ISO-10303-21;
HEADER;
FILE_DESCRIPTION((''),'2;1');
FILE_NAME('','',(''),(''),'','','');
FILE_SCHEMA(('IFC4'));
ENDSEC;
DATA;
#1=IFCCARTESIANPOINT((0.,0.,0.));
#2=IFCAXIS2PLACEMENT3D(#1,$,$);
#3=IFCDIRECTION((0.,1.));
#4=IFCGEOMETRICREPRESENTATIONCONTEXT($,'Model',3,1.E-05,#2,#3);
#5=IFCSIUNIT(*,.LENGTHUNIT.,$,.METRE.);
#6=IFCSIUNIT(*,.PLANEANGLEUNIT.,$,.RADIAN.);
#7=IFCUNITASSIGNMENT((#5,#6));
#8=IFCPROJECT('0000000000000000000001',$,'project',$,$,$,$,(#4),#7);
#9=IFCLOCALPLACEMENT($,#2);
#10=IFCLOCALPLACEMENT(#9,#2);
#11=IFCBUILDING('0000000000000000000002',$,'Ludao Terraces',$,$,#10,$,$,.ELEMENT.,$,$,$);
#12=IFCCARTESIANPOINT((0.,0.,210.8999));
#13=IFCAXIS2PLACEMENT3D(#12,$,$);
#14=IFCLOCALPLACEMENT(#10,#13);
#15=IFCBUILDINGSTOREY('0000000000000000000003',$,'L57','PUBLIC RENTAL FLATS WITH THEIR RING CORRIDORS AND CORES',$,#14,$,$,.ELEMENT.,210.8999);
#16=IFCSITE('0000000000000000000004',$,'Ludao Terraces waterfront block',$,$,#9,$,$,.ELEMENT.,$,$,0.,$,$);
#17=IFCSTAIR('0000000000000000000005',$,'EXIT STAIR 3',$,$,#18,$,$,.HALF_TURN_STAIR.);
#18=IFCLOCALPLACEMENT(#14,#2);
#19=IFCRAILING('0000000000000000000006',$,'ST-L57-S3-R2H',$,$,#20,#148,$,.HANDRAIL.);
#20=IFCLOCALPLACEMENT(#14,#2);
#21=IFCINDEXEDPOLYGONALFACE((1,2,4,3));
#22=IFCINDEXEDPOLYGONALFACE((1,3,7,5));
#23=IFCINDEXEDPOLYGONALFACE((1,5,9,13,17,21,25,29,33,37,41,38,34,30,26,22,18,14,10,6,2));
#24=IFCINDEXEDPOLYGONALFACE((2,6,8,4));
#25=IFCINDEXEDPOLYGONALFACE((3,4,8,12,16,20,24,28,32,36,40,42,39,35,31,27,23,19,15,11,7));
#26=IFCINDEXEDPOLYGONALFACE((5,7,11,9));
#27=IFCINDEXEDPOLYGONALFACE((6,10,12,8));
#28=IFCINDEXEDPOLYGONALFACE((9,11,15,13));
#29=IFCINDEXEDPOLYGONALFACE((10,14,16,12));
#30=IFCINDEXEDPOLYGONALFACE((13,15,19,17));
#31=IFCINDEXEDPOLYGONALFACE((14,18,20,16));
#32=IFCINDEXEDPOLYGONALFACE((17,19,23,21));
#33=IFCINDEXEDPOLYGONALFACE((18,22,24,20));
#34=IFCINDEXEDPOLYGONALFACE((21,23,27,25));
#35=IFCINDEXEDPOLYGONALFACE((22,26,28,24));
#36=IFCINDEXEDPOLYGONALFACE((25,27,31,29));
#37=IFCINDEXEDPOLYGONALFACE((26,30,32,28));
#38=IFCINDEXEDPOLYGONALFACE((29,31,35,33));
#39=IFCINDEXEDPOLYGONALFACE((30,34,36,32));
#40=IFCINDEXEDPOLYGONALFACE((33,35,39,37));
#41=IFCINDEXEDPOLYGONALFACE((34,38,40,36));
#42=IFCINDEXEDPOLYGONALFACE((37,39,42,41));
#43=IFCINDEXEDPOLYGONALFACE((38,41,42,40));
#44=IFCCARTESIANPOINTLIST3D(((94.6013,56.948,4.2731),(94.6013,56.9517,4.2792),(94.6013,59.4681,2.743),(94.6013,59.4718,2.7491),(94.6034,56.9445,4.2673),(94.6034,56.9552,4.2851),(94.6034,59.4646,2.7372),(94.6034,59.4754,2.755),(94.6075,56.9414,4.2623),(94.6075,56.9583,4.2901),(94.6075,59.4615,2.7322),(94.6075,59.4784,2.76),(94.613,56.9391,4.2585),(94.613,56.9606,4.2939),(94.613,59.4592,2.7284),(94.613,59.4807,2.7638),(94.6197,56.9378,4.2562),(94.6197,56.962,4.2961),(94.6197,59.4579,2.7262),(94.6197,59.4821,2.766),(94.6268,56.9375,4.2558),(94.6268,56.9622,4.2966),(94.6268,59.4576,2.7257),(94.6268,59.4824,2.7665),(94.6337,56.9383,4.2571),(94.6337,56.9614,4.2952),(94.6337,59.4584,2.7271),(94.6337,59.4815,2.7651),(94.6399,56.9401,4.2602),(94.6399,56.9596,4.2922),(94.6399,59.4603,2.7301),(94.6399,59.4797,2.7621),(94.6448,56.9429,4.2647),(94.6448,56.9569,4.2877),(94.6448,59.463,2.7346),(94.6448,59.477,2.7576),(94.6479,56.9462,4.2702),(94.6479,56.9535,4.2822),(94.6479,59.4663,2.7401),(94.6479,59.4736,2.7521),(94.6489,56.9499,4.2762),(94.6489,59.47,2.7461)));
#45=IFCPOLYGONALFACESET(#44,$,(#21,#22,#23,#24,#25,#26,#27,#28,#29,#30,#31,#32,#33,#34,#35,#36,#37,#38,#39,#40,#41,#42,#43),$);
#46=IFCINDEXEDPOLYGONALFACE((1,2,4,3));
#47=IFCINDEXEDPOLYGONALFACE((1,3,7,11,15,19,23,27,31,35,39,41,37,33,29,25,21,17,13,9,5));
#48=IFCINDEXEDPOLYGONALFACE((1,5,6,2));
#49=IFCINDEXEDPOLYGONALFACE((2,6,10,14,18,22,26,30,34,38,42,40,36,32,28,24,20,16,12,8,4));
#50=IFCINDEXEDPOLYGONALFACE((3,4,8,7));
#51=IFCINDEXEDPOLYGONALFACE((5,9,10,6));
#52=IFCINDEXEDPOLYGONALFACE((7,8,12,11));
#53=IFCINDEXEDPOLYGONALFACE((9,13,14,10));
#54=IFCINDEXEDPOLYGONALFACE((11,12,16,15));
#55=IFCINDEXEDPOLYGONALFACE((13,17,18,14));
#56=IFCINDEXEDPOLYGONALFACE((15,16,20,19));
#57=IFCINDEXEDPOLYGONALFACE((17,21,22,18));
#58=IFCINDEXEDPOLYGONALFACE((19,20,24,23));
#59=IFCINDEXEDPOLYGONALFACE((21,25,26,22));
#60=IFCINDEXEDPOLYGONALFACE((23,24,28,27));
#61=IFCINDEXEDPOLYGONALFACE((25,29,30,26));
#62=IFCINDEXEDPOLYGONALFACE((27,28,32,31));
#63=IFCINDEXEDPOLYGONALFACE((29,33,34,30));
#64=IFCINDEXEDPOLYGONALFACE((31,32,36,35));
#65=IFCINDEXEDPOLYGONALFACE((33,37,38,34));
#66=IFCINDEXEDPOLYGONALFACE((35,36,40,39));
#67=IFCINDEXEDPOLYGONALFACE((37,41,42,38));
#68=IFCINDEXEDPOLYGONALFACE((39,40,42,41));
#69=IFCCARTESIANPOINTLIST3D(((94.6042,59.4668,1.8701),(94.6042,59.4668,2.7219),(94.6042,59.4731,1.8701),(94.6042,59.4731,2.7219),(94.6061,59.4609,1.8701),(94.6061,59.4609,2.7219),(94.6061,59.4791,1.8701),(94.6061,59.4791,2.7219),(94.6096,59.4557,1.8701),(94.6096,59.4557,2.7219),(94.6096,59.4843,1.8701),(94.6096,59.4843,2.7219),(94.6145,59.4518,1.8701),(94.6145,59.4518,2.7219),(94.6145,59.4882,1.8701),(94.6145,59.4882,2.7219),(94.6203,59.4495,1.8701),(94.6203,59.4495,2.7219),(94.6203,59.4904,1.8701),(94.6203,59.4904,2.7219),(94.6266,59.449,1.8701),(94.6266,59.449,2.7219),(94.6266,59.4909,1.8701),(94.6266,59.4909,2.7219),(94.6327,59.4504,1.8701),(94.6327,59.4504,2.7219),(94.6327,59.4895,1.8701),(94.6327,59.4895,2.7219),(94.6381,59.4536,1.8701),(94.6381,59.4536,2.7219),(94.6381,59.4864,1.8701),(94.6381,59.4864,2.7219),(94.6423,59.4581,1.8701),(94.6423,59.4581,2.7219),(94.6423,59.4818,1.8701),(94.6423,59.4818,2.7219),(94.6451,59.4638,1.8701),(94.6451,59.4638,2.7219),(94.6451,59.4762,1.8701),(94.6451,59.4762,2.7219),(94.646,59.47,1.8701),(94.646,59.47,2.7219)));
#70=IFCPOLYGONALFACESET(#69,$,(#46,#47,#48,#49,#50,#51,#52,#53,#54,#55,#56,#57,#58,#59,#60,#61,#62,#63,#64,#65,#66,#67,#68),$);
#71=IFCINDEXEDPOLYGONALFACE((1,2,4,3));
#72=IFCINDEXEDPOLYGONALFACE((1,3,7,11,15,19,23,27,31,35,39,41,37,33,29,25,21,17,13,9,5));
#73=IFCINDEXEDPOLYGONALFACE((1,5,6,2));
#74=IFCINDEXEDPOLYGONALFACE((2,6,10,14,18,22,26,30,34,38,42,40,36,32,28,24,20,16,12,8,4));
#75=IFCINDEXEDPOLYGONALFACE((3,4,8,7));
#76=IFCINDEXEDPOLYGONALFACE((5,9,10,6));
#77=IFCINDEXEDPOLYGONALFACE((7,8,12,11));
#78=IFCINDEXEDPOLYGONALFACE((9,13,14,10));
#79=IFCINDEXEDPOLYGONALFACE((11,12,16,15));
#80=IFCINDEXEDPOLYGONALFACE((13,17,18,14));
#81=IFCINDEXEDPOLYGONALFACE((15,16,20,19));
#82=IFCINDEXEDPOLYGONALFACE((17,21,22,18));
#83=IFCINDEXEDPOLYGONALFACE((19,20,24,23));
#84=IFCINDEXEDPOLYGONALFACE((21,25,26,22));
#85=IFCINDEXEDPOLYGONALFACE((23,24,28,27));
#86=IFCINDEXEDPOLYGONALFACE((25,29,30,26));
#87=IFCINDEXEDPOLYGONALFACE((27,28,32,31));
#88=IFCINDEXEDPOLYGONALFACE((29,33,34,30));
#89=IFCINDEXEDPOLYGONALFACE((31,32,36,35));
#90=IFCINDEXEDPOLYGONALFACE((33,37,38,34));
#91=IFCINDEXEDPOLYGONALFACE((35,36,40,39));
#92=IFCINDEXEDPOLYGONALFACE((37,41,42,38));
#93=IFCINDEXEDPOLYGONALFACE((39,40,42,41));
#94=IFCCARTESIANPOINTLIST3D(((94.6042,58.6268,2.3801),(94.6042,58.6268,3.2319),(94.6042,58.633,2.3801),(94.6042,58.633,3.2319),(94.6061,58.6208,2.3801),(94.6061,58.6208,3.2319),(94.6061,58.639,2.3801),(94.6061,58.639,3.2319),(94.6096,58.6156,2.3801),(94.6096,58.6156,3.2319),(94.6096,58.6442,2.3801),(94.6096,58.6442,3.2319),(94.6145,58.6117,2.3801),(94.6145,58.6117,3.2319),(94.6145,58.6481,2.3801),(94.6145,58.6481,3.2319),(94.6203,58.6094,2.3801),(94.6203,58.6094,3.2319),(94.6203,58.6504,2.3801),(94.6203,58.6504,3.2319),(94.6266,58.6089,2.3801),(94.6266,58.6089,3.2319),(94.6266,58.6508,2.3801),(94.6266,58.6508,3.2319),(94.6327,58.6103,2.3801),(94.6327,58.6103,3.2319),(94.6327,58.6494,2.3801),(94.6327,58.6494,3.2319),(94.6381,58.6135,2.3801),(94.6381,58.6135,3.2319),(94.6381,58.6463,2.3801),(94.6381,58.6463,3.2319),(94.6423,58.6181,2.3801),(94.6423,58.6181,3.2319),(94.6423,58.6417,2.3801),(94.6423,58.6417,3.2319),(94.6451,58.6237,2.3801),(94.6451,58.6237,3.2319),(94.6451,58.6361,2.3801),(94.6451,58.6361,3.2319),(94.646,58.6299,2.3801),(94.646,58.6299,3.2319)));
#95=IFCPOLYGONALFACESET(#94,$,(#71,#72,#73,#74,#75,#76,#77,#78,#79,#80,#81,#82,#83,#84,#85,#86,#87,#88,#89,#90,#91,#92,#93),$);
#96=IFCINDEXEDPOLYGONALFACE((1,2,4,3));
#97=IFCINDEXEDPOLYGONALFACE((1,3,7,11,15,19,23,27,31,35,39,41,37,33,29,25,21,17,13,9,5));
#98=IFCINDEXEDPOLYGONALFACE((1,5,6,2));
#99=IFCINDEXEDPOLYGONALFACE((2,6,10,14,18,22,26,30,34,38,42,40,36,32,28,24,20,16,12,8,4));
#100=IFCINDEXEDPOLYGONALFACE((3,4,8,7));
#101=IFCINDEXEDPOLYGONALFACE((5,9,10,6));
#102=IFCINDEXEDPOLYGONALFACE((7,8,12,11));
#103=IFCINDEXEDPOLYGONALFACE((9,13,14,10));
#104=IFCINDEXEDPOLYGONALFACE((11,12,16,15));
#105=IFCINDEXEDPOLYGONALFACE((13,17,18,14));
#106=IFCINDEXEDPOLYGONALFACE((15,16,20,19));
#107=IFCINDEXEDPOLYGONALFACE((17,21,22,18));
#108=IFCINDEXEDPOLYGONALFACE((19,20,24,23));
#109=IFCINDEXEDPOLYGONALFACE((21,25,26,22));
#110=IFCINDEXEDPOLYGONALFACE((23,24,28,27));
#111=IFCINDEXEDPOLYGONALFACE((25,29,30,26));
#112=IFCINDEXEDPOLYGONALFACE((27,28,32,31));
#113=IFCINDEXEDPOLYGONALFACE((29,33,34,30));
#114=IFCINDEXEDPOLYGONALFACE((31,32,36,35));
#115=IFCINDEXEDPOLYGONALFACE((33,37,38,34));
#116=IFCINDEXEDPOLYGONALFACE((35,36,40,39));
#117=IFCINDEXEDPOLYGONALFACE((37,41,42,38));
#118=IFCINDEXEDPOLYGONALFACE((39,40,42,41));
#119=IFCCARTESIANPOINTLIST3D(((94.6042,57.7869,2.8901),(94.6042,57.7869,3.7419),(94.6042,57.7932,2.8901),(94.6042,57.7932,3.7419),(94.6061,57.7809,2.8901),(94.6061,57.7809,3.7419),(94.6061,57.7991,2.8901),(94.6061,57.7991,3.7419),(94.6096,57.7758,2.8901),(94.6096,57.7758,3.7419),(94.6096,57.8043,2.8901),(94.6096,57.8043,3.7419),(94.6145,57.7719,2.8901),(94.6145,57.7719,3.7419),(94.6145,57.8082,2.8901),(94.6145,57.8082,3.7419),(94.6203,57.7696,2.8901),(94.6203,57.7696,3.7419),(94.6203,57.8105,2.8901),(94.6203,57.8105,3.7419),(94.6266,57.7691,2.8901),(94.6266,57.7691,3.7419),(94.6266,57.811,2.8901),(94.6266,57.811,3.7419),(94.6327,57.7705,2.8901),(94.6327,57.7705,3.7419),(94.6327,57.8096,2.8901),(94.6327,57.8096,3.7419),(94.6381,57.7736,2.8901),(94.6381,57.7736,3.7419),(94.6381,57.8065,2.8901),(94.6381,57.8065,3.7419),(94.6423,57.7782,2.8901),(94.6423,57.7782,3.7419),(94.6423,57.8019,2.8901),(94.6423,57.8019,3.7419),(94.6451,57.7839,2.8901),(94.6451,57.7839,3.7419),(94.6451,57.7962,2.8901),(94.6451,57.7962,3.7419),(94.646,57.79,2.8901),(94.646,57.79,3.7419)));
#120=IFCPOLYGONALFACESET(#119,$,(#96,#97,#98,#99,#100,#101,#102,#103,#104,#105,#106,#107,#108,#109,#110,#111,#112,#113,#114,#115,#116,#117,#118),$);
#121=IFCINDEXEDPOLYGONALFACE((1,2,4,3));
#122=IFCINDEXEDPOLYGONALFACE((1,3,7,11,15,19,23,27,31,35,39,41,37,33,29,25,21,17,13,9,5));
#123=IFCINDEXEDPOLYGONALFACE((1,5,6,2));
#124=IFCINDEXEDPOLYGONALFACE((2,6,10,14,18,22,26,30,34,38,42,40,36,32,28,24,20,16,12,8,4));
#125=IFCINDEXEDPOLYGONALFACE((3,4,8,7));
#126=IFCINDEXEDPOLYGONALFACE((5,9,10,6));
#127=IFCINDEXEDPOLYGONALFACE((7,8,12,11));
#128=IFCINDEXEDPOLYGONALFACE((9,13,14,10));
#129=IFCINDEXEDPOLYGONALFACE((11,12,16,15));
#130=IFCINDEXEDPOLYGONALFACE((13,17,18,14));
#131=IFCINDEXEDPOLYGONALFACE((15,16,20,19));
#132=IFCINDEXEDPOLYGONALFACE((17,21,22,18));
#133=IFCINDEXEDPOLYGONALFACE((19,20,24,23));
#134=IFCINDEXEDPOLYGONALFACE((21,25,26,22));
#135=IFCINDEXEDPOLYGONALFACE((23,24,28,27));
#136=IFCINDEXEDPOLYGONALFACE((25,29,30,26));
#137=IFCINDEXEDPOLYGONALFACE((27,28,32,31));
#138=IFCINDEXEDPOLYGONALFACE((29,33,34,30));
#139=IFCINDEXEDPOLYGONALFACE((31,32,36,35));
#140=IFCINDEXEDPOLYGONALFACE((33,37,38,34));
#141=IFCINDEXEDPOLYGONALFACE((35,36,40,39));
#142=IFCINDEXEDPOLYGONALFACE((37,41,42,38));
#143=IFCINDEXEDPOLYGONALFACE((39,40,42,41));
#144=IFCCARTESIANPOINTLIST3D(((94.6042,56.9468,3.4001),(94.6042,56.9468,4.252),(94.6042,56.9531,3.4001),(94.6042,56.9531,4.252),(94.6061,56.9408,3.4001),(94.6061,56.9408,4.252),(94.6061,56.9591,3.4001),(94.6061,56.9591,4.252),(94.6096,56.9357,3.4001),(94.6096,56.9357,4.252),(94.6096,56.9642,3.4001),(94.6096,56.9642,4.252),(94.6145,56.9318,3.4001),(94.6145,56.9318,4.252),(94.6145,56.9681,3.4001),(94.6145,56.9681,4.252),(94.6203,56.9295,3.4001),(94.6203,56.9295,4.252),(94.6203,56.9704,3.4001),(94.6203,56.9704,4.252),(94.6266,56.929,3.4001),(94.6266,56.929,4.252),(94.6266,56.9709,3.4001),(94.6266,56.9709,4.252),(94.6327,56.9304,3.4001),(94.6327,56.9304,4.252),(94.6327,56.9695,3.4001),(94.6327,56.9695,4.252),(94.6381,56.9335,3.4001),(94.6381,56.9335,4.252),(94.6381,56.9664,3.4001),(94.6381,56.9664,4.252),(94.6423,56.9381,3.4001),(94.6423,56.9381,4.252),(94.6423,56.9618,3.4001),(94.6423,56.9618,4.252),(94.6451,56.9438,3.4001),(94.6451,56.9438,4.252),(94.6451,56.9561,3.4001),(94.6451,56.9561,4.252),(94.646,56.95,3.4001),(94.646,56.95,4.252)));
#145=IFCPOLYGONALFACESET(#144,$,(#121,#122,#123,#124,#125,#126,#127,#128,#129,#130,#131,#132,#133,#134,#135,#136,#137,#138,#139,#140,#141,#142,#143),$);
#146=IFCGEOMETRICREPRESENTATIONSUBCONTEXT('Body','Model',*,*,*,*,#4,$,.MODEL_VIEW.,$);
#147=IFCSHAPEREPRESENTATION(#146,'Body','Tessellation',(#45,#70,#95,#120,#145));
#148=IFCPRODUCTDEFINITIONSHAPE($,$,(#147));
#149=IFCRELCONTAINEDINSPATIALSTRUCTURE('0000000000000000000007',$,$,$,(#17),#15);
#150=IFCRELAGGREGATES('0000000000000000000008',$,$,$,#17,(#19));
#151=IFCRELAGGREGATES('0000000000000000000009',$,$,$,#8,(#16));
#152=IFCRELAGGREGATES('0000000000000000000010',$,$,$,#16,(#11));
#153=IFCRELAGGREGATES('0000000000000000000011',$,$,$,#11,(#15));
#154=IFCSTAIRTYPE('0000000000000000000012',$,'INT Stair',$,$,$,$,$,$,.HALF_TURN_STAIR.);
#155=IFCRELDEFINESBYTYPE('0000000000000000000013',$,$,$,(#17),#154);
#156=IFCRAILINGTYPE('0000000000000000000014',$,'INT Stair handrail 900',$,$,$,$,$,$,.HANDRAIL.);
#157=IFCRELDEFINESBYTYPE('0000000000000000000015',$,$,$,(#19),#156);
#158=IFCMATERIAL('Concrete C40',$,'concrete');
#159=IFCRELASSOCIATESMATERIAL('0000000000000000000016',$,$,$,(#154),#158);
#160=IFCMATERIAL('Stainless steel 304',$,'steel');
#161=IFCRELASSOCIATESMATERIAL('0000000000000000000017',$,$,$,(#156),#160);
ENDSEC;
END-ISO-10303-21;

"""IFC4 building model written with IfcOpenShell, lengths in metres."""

from ifc_helpers import new_model, si_unit, direction, frame, origin, origin_2d, place, context, subcontext, project, spatial, circle, extrude, material, type_object, element, aggregate, save


model = new_model("IFC4")

# Units and contexts
model_context = context("Model", 3, precision=1e-05, world=origin(), true_north=direction((0.0, 1.0)))
body_context = subcontext(model_context, "Body", "Model", "MODEL_VIEW")
ifc_project = project(units=[si_unit("LENGTHUNIT", "METRE"), si_unit("PLANEANGLEUNIT", "RADIAN")], contexts=[model_context])

# Site, building, storey
site_placement = place(None, origin())
site = spatial("IfcSite", under=ifc_project, at=site_placement, Name="Ludao Terraces waterfront block", CompositionType="ELEMENT", RefElevation=0.0)
building_placement = place(site_placement, origin())
building = spatial("IfcBuilding", under=site, at=building_placement, Name="Ludao Terraces", CompositionType="ELEMENT")
storey_placement = place(building_placement, frame((0.0, 0.0, 210.8999)))
storey = spatial("IfcBuildingStorey", under=building, at=storey_placement, Name="L57", Description="PUBLIC RENTAL FLATS WITH THEIR RING CORRIDORS AND CORES", CompositionType="ELEMENT", Elevation=210.8999)

# Shared definitions
ifc_material_1 = material(Name="Concrete C40", Category="concrete")

# Stair, railing
stair_type = type_object("IfcStairType", Name="INT Stair", PredefinedType="HALF_TURN_STAIR", material=ifc_material_1)
stair_placement = place(storey_placement, origin())
stair = element("IfcStair", 1, at=stair_placement, inside=storey, type_object=stair_type, Name="EXIT STAIR 3", PredefinedType="HALF_TURN_STAIR")
ifc_material_2 = material(Name="Stainless steel 304", Category="steel")
railing_type_1 = type_object("IfcRailingType", Name="INT Stair handrail 900", PredefinedType="HANDRAIL", material=ifc_material_2)
railing_1_placement = place(storey_placement, frame((94.625, 59.47, 1.8701)))
railing_1 = element("IfcRailing", 2, at=railing_1_placement, type_object=railing_type_1, Name="ST-L57-S3-R2H", PredefinedType="HANDRAIL", context=body_context, shape_type="SweptSolid", body=[
    extrude(circle(Radius=0.0239, at=origin_2d()), frame((0.0, 0.0, 0.876), z_axis=(0.0, -0.854785, 0.518982), x_axis=(1.0, 0.0, 0.0)), (0.0, 0.0, 1.0), 2.9482),
    extrude(circle(Radius=0.021, at=origin_2d()), origin(), (0.0, 0.0, 1.0), 0.8518),
    extrude(circle(Radius=0.021, at=origin_2d()), frame((0.0, -0.8401, 0.51)), (0.0, 0.0, 1.0), 0.8518),
    extrude(circle(Radius=0.021, at=origin_2d()), frame((0.0, -1.6799, 1.02)), (0.0, 0.0, 1.0), 0.8518),
    extrude(circle(Radius=0.021, at=origin_2d()), frame((0.0, -2.52, 1.53)), (0.0, 0.0, 1.0), 0.8518),
])
aggregate(stair, [railing_1])

save(model, "model.ifc")
